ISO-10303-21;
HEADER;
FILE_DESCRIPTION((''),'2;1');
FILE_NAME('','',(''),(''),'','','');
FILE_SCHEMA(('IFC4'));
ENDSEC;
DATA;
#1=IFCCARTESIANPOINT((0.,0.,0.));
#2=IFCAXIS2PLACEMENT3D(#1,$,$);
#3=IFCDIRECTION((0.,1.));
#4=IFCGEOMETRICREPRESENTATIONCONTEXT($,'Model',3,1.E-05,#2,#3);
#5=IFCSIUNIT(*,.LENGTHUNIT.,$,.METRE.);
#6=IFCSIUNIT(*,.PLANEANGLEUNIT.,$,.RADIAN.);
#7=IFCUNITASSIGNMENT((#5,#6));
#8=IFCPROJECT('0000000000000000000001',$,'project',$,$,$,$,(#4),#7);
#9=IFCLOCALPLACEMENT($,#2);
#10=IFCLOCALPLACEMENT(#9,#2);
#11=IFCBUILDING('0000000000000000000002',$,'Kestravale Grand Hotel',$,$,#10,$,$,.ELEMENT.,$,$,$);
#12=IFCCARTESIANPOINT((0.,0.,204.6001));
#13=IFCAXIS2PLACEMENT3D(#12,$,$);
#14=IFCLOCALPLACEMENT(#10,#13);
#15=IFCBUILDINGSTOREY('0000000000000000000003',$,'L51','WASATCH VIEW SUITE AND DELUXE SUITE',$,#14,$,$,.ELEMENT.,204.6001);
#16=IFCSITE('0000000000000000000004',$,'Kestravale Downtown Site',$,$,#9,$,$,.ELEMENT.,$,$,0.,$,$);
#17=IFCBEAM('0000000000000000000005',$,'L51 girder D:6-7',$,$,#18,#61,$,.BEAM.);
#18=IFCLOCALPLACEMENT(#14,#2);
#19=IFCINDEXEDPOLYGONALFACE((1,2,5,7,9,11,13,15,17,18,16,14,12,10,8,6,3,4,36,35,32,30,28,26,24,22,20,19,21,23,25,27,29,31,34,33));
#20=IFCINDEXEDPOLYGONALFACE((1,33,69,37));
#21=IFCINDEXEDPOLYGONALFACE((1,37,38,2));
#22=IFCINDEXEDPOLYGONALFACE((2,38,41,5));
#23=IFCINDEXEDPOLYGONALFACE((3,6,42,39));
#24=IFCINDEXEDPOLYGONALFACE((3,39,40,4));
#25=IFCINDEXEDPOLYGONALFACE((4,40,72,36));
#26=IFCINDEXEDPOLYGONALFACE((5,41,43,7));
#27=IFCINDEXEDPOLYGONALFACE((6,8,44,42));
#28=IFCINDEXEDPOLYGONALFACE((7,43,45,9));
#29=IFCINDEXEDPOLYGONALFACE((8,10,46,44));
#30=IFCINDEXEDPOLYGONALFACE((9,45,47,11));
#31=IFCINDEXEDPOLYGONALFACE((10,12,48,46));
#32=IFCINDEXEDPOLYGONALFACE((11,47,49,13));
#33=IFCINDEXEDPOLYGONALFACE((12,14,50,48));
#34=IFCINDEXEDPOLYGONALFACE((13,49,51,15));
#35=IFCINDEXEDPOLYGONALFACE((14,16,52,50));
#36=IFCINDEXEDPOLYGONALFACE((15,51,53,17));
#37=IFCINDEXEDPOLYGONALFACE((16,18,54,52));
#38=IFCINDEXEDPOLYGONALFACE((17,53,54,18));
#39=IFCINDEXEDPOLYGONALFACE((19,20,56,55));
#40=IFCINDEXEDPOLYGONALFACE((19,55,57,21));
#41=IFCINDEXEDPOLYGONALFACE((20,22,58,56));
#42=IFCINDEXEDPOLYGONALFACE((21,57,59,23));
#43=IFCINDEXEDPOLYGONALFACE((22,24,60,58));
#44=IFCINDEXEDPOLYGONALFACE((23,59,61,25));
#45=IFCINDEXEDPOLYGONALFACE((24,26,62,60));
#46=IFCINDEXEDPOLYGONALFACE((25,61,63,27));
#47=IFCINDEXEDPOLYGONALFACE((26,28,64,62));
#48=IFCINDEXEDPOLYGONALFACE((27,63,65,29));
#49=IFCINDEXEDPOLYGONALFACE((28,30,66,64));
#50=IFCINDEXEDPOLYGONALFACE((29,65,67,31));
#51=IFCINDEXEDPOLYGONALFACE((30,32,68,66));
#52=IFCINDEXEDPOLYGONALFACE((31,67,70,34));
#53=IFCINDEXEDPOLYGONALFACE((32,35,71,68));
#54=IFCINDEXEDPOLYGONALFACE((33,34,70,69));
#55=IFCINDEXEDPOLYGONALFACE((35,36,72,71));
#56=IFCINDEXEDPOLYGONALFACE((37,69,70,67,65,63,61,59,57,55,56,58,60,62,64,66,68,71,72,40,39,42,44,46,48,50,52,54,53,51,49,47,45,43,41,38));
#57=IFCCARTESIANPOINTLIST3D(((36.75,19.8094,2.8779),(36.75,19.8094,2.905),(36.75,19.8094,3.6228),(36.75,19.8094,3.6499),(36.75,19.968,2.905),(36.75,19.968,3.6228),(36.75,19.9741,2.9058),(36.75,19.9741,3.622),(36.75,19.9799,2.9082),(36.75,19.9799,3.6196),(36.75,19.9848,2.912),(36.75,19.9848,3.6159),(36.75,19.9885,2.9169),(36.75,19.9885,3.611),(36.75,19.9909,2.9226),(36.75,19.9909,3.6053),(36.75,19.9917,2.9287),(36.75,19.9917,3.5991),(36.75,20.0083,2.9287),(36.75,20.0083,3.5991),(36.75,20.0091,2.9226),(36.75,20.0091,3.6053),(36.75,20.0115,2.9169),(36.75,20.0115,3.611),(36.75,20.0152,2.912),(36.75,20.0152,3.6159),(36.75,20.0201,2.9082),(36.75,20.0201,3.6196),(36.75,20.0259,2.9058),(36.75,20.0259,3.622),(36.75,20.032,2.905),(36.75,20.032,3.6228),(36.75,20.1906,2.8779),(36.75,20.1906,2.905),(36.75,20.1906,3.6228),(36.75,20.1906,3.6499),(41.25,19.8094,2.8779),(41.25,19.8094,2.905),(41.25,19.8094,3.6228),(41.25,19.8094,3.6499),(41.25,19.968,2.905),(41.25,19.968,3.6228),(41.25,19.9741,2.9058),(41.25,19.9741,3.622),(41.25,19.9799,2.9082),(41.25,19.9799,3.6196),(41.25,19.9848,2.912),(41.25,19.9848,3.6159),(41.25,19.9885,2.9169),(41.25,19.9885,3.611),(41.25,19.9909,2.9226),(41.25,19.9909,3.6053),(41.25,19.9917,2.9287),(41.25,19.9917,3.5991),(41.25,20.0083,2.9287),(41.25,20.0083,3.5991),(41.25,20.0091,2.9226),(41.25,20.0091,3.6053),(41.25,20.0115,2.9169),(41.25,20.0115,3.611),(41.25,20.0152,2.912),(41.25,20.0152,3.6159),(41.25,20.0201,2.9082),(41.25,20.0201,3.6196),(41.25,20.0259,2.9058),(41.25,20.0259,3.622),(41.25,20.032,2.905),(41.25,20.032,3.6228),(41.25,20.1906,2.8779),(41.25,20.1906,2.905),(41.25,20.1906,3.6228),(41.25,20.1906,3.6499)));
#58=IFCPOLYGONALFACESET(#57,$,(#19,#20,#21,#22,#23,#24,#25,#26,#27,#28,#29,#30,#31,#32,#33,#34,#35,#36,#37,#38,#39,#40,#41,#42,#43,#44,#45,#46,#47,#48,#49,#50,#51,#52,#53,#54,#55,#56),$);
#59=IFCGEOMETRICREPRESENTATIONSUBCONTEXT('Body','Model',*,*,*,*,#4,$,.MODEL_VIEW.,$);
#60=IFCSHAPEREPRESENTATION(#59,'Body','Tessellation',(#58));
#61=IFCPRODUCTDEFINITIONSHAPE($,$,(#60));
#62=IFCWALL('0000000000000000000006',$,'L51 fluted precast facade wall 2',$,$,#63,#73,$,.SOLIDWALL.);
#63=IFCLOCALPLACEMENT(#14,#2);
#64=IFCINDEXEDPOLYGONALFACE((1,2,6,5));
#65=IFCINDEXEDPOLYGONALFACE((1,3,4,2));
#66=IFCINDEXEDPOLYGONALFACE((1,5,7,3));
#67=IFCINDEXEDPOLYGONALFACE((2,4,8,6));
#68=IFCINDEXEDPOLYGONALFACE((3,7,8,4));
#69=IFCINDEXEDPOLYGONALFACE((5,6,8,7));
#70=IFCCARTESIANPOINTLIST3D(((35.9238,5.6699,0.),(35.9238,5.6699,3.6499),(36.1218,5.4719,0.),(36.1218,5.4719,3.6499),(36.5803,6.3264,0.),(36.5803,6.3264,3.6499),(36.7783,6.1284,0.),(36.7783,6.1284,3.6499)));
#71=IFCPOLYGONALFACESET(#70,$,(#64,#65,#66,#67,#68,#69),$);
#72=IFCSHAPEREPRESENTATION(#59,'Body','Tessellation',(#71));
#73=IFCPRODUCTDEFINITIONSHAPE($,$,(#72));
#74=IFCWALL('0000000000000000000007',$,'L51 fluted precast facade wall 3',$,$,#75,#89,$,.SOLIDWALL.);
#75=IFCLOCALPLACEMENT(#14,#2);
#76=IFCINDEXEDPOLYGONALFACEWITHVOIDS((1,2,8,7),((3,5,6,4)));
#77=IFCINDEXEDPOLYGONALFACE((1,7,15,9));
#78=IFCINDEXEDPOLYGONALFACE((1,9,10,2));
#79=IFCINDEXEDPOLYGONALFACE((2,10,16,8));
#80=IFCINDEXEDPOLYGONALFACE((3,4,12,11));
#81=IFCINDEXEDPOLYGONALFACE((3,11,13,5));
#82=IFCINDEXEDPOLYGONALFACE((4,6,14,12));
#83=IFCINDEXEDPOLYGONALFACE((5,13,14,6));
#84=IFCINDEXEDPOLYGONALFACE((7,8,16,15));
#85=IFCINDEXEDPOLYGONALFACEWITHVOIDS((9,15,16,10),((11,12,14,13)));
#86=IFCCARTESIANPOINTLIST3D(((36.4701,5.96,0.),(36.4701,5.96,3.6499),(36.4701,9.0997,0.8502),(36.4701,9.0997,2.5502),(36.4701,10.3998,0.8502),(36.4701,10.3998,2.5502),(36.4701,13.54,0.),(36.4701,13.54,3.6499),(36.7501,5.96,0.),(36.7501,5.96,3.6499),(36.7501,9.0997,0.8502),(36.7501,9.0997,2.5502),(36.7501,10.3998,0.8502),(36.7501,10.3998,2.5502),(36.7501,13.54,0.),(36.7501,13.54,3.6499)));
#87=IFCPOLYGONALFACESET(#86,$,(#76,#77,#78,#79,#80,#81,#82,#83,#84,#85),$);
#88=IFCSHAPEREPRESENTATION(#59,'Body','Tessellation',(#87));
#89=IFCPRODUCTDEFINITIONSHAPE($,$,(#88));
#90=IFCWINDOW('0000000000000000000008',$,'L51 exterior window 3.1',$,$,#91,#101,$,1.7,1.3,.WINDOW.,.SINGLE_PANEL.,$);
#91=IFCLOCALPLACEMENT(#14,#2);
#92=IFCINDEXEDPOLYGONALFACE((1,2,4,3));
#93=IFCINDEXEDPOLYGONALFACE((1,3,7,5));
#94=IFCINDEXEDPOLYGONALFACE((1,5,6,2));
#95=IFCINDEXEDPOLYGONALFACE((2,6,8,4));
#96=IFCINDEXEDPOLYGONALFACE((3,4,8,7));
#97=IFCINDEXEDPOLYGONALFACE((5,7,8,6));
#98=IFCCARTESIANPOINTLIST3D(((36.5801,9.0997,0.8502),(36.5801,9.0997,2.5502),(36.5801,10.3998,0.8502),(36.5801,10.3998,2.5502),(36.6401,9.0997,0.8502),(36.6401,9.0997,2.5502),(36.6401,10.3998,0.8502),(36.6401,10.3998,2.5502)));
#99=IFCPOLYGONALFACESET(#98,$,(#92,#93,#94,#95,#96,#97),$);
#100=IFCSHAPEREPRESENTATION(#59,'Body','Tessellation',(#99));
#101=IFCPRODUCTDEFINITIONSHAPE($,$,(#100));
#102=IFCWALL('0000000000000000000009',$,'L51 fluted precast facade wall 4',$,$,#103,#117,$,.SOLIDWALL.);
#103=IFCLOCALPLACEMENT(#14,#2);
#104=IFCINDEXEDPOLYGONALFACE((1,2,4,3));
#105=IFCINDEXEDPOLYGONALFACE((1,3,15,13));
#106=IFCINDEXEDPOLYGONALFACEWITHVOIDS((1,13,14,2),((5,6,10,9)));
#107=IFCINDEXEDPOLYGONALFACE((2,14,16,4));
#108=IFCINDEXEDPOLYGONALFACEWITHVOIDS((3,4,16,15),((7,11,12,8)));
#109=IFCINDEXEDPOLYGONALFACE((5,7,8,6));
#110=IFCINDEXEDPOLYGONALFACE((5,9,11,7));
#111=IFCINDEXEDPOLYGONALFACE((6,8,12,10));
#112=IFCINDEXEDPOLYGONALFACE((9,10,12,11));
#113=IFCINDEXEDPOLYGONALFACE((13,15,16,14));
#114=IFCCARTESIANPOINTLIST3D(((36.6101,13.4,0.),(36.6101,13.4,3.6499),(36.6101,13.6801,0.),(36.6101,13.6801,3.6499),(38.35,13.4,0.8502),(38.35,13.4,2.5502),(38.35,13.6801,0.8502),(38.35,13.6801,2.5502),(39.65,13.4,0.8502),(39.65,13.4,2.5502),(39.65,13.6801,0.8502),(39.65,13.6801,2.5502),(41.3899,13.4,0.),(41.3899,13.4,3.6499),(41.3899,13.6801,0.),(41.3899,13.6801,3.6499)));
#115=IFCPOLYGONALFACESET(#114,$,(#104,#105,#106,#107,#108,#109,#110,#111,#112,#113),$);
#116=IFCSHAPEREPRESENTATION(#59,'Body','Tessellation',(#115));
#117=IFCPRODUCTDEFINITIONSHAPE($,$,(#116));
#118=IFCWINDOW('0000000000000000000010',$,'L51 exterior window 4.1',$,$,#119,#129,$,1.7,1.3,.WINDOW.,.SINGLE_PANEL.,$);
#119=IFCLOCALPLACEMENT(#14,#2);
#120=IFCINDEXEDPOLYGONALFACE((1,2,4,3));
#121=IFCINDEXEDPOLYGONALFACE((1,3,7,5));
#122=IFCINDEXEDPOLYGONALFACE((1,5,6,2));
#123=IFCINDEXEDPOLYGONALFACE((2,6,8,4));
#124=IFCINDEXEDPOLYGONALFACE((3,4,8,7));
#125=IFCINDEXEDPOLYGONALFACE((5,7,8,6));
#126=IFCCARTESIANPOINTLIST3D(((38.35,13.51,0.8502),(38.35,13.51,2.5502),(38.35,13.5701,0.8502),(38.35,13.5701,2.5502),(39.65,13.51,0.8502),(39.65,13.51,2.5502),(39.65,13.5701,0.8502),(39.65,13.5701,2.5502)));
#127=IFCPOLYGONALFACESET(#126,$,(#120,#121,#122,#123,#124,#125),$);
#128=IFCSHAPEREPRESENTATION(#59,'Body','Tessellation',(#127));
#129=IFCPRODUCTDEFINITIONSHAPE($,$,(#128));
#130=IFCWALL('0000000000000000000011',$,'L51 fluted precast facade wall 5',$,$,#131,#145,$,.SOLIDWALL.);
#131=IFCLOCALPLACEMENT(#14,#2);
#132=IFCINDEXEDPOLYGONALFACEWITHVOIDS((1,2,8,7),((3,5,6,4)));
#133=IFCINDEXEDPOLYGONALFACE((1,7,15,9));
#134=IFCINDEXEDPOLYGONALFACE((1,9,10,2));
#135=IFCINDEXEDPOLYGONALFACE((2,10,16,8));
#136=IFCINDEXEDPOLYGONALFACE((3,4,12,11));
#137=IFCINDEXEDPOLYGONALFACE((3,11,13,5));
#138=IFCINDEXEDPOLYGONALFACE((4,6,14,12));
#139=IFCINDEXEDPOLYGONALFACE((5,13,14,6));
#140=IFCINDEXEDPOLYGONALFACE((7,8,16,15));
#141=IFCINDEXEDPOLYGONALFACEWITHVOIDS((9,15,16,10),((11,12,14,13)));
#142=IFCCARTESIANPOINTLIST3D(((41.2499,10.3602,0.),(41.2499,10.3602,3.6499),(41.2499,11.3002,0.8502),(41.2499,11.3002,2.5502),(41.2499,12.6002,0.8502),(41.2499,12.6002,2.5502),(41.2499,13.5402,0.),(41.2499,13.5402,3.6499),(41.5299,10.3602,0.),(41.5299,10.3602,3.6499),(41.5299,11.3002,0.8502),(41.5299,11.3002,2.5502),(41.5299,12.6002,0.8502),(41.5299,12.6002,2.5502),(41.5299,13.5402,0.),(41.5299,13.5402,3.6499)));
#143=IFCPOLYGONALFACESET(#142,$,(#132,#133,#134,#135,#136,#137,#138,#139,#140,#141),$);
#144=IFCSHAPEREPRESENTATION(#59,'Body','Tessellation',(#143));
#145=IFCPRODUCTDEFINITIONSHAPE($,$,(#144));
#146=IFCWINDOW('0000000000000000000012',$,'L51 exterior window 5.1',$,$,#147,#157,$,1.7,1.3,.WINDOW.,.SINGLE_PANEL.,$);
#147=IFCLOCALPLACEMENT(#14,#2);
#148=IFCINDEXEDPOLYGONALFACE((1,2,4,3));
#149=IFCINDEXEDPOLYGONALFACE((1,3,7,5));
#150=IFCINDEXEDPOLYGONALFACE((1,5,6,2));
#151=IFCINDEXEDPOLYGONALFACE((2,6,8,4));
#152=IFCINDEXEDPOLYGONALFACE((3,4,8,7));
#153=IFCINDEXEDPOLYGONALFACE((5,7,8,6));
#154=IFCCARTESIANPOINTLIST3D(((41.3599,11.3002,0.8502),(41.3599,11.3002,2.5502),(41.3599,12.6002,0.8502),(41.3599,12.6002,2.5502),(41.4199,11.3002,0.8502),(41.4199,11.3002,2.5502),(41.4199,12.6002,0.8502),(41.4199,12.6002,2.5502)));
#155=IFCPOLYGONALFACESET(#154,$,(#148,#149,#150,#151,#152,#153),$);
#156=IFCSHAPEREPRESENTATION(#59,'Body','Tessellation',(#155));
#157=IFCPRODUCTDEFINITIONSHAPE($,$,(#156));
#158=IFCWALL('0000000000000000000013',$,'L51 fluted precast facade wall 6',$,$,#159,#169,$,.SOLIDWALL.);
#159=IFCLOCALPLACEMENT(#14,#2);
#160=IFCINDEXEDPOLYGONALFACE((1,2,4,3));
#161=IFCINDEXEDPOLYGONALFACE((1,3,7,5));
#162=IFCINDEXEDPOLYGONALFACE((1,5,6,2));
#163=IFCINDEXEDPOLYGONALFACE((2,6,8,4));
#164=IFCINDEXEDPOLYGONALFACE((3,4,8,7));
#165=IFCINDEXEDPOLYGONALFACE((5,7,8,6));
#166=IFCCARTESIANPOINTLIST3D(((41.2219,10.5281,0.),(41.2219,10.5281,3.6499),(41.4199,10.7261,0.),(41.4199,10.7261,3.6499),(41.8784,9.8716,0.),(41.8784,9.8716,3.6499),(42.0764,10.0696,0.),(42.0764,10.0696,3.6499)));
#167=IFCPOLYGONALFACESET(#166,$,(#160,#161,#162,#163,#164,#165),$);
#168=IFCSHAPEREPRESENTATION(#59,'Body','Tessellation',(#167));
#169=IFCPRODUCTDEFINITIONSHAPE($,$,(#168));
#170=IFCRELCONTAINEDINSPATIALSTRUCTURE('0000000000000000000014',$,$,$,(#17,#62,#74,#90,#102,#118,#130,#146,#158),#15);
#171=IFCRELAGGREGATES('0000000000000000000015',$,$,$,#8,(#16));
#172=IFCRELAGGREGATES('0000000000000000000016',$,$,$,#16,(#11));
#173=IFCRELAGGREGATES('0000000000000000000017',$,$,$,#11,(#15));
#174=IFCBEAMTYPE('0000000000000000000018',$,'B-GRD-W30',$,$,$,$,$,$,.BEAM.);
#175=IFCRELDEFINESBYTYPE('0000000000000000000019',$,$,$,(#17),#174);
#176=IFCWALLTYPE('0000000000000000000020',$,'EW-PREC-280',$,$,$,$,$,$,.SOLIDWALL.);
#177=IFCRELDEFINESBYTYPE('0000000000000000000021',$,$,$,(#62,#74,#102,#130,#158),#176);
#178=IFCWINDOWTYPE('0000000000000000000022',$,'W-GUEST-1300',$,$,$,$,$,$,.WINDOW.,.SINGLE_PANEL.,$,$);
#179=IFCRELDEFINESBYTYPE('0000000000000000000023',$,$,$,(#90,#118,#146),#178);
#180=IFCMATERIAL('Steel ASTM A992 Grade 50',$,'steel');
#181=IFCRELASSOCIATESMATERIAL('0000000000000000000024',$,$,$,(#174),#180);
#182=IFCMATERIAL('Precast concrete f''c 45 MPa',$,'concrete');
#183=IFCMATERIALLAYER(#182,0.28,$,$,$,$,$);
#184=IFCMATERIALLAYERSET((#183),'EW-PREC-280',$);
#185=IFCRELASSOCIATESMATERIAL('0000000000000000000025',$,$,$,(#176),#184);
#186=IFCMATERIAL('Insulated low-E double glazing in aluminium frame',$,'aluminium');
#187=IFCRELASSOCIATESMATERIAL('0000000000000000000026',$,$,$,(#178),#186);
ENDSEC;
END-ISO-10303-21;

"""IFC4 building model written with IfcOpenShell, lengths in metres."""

from ifc_helpers import new_model, si_unit, direction, frame, frame_2d, origin, origin_2d, place, context, subcontext, project, spatial, rectangle, i_section, extrude, material, layer, layer_set, material_profile, profile_set, type_object, element, fill, save


model = new_model("IFC4")

# Units and contexts
model_context = context("Model", 3, precision=1e-05, world=origin(), true_north=direction((0.0, 1.0)))
body_context = subcontext(model_context, "Body", "Model", "MODEL_VIEW")
ifc_project = project(units=[si_unit("LENGTHUNIT", "METRE"), si_unit("PLANEANGLEUNIT", "RADIAN")], contexts=[model_context])

# Site, building, storey
site_placement = place(None, origin())
site = spatial("IfcSite", under=ifc_project, at=site_placement, Name="Kestravale Downtown Site", CompositionType="ELEMENT", RefElevation=0.0)
building_placement = place(site_placement, origin())
building = spatial("IfcBuilding", under=site, at=building_placement, Name="Kestravale Grand Hotel", CompositionType="ELEMENT")
storey_placement = place(building_placement, frame((0.0, 0.0, 204.6001)))
storey = spatial("IfcBuildingStorey", under=building, at=storey_placement, Name="L51", Description="WASATCH VIEW SUITE AND DELUXE SUITE", CompositionType="ELEMENT", Elevation=204.6001)

# Beam
ifc_material_1 = material(Name="Steel ASTM A992 Grade 50", Category="steel")
ifc_material_profile_1 = material_profile(ifc_material_1, i_section(OverallWidth=0.3811, OverallDepth=0.772, WebThickness=0.0166, FlangeThickness=0.0271, FilletRadius=0.0237, at=origin_2d()))
ifc_profile_set_1 = profile_set([ifc_material_profile_1], Name="Steel ASTM A992 Grade 50")
beam_type_1 = type_object("IfcBeamType", Name="B-GRD-W30", PredefinedType="BEAM", material=ifc_profile_set_1)
beam_1_placement = place(storey_placement, frame((36.75, 20.0, 3.2639), z_axis=(1.0, 0.0, 0.0), x_axis=(0.0, 1.0, 0.0)))
element("IfcBeam", 1, at=beam_1_placement, inside=storey, type_object=beam_type_1, Name="L51 girder D:6-7", PredefinedType="BEAM", context=body_context, shape_type="SweptSolid", body=[
    extrude(i_section(OverallWidth=0.3811, OverallDepth=0.772, WebThickness=0.0166, FlangeThickness=0.0271, FilletRadius=0.0237, at=origin_2d()), origin(), (0.0, 0.0, 1.0), 4.5),
])

# Wall
ifc_material_2 = material(Name="Precast concrete f'c 45 MPa", Category="concrete")
ifc_layer_1 = layer(ifc_material_2, 0.28)
ifc_layer_set_1 = layer_set([ifc_layer_1], Name="EW-PREC-280")
wall_type_1 = type_object("IfcWallType", Name="EW-PREC-280", PredefinedType="SOLIDWALL", material=ifc_layer_set_1)
wall_1_placement = place(storey_placement, frame((36.0227, 5.5708, 0.0), z_axis=(0.0, 0.0, 1.0), x_axis=(0.707107, 0.707107, 0.0)))
element("IfcWall", 2, at=wall_1_placement, inside=storey, type_object=wall_type_1, Name="L51 fluted precast facade wall 2", PredefinedType="SOLIDWALL", context=body_context, shape_type="SweptSolid", body=[
    extrude(rectangle(XDim=0.9285, YDim=0.28, at=frame_2d((0.4644, 0.0))), origin(), (0.0, 0.0, 1.0), 3.6499),
])

# Walls, openings, windows
wall_2_placement = place(storey_placement, frame((36.6101, 5.96, 0.0), z_axis=(0.0, 0.0, 1.0), x_axis=(0.0, 1.0, 0.0)))
wall_2 = element("IfcWall", 3, at=wall_2_placement, inside=storey, type_object=wall_type_1, Name="L51 fluted precast facade wall 3", PredefinedType="SOLIDWALL", context=body_context, shape_type="SweptSolid", body=[
    extrude(rectangle(XDim=7.5801, YDim=0.28, at=frame_2d((3.79, 0.0))), origin(), (0.0, 0.0, 1.0), 3.6499),
])
opening_1_placement = place(wall_2_placement, frame((3.1399, 0.0, 0.8501)))
opening_1 = element("IfcOpeningElement", 4, at=opening_1_placement, cuts=wall_2, PredefinedType="OPENING", context=body_context, shape_type="SweptSolid", body=[
    extrude(rectangle(XDim=1.3, YDim=1.7, at=frame_2d((0.6499, 0.8501))), frame((0.0, 0.1499, 0.0), z_axis=(0.0, -1.0, 0.0), x_axis=(1.0, 0.0, 0.0)), (0.0, 0.0, 1.0), 0.3),
])
ifc_material_3 = material(Name="Insulated low-E double glazing in aluminium frame", Category="aluminium")
window_type = type_object("IfcWindowType", Name="W-GUEST-1300", PartitioningType="SINGLE_PANEL", PredefinedType="WINDOW", material=ifc_material_3)
window_1_placement = place(opening_1_placement, origin())
window_1 = element("IfcWindow", 5, at=window_1_placement, inside=storey, type_object=window_type, Name="L51 exterior window 3.1", OverallHeight=1.7, OverallWidth=1.3, PartitioningType="SINGLE_PANEL", PredefinedType="WINDOW", context=body_context, shape_type="SweptSolid", body=[
    extrude(rectangle(XDim=1.3, YDim=1.7, at=frame_2d((0.6499, 0.8501))), frame((0.0, 0.03, 0.0), z_axis=(0.0, -1.0, 0.0), x_axis=(1.0, 0.0, 0.0)), (0.0, 0.0, 1.0), 0.0601),
])
fill(opening_1, window_1)
wall_3_placement = place(storey_placement, frame((36.6101, 13.54, 0.0), z_axis=(0.0, 0.0, 1.0), x_axis=(1.0, 0.0, 0.0)))
wall_3 = element("IfcWall", 6, at=wall_3_placement, inside=storey, type_object=wall_type_1, Name="L51 fluted precast facade wall 4", PredefinedType="SOLIDWALL", context=body_context, shape_type="SweptSolid", body=[
    extrude(rectangle(XDim=4.7798, YDim=0.28, at=frame_2d((2.3899, 0.0))), origin(), (0.0, 0.0, 1.0), 3.6499),
])
opening_2_placement = place(wall_3_placement, frame((1.74, 0.0, 0.8501)))
opening_2 = element("IfcOpeningElement", 7, at=opening_2_placement, cuts=wall_3, PredefinedType="OPENING", context=body_context, shape_type="SweptSolid", body=[
    extrude(rectangle(XDim=1.3, YDim=1.7, at=frame_2d((0.6499, 0.8501))), frame((0.0, 0.1499, 0.0), z_axis=(0.0, -1.0, 0.0), x_axis=(1.0, 0.0, 0.0)), (0.0, 0.0, 1.0), 0.3),
])
window_2_placement = place(opening_2_placement, origin())
window_2 = element("IfcWindow", 8, at=window_2_placement, inside=storey, type_object=window_type, Name="L51 exterior window 4.1", OverallHeight=1.7, OverallWidth=1.3, PartitioningType="SINGLE_PANEL", PredefinedType="WINDOW", context=body_context, shape_type="SweptSolid", body=[
    extrude(rectangle(XDim=1.3, YDim=1.7, at=frame_2d((0.6499, 0.8501))), frame((0.0, 0.03, 0.0), z_axis=(0.0, -1.0, 0.0), x_axis=(1.0, 0.0, 0.0)), (0.0, 0.0, 1.0), 0.0601),
])
fill(opening_2, window_2)
wall_4_placement = place(storey_placement, frame((41.3899, 13.54, 0.0), z_axis=(0.0, 0.0, 1.0), x_axis=(0.0, -1.0, 0.0)))
wall_4 = element("IfcWall", 9, at=wall_4_placement, inside=storey, type_object=wall_type_1, Name="L51 fluted precast facade wall 5", PredefinedType="SOLIDWALL", context=body_context, shape_type="SweptSolid", body=[
    extrude(rectangle(XDim=3.1799, YDim=0.28, at=frame_2d((1.5898, 0.0))), origin(), (0.0, 0.0, 1.0), 3.6499),
])
opening_3_placement = place(wall_4_placement, frame((0.9399, 0.0, 0.8501)))
opening_3 = element("IfcOpeningElement", 10, at=opening_3_placement, cuts=wall_4, PredefinedType="OPENING", context=body_context, shape_type="SweptSolid", body=[
    extrude(rectangle(XDim=1.3, YDim=1.7, at=frame_2d((0.6499, 0.8501))), frame((0.0, 0.1499, 0.0), z_axis=(0.0, -1.0, 0.0), x_axis=(1.0, 0.0, 0.0)), (0.0, 0.0, 1.0), 0.3),
])
window_3_placement = place(opening_3_placement, origin())
window_3 = element("IfcWindow", 11, at=window_3_placement, inside=storey, type_object=window_type, Name="L51 exterior window 5.1", OverallHeight=1.7, OverallWidth=1.3, PartitioningType="SINGLE_PANEL", PredefinedType="WINDOW", context=body_context, shape_type="SweptSolid", body=[
    extrude(rectangle(XDim=1.3, YDim=1.7, at=frame_2d((0.6499, 0.8501))), frame((0.0, 0.03, 0.0), z_axis=(0.0, -1.0, 0.0), x_axis=(1.0, 0.0, 0.0)), (0.0, 0.0, 1.0), 0.0601),
])
fill(opening_3, window_3)

# Wall
wall_5_placement = place(storey_placement, frame((41.3208, 10.6272, 0.0), z_axis=(0.0, 0.0, 1.0), x_axis=(0.707107, -0.707107, 0.0)))
element("IfcWall", 12, at=wall_5_placement, inside=storey, type_object=wall_type_1, Name="L51 fluted precast facade wall 6", PredefinedType="SOLIDWALL", context=body_context, shape_type="SweptSolid", body=[
    extrude(rectangle(XDim=0.9285, YDim=0.28, at=frame_2d((0.4644, 0.0))), origin(), (0.0, 0.0, 1.0), 3.6499),
])

save(model, "model.ifc")
